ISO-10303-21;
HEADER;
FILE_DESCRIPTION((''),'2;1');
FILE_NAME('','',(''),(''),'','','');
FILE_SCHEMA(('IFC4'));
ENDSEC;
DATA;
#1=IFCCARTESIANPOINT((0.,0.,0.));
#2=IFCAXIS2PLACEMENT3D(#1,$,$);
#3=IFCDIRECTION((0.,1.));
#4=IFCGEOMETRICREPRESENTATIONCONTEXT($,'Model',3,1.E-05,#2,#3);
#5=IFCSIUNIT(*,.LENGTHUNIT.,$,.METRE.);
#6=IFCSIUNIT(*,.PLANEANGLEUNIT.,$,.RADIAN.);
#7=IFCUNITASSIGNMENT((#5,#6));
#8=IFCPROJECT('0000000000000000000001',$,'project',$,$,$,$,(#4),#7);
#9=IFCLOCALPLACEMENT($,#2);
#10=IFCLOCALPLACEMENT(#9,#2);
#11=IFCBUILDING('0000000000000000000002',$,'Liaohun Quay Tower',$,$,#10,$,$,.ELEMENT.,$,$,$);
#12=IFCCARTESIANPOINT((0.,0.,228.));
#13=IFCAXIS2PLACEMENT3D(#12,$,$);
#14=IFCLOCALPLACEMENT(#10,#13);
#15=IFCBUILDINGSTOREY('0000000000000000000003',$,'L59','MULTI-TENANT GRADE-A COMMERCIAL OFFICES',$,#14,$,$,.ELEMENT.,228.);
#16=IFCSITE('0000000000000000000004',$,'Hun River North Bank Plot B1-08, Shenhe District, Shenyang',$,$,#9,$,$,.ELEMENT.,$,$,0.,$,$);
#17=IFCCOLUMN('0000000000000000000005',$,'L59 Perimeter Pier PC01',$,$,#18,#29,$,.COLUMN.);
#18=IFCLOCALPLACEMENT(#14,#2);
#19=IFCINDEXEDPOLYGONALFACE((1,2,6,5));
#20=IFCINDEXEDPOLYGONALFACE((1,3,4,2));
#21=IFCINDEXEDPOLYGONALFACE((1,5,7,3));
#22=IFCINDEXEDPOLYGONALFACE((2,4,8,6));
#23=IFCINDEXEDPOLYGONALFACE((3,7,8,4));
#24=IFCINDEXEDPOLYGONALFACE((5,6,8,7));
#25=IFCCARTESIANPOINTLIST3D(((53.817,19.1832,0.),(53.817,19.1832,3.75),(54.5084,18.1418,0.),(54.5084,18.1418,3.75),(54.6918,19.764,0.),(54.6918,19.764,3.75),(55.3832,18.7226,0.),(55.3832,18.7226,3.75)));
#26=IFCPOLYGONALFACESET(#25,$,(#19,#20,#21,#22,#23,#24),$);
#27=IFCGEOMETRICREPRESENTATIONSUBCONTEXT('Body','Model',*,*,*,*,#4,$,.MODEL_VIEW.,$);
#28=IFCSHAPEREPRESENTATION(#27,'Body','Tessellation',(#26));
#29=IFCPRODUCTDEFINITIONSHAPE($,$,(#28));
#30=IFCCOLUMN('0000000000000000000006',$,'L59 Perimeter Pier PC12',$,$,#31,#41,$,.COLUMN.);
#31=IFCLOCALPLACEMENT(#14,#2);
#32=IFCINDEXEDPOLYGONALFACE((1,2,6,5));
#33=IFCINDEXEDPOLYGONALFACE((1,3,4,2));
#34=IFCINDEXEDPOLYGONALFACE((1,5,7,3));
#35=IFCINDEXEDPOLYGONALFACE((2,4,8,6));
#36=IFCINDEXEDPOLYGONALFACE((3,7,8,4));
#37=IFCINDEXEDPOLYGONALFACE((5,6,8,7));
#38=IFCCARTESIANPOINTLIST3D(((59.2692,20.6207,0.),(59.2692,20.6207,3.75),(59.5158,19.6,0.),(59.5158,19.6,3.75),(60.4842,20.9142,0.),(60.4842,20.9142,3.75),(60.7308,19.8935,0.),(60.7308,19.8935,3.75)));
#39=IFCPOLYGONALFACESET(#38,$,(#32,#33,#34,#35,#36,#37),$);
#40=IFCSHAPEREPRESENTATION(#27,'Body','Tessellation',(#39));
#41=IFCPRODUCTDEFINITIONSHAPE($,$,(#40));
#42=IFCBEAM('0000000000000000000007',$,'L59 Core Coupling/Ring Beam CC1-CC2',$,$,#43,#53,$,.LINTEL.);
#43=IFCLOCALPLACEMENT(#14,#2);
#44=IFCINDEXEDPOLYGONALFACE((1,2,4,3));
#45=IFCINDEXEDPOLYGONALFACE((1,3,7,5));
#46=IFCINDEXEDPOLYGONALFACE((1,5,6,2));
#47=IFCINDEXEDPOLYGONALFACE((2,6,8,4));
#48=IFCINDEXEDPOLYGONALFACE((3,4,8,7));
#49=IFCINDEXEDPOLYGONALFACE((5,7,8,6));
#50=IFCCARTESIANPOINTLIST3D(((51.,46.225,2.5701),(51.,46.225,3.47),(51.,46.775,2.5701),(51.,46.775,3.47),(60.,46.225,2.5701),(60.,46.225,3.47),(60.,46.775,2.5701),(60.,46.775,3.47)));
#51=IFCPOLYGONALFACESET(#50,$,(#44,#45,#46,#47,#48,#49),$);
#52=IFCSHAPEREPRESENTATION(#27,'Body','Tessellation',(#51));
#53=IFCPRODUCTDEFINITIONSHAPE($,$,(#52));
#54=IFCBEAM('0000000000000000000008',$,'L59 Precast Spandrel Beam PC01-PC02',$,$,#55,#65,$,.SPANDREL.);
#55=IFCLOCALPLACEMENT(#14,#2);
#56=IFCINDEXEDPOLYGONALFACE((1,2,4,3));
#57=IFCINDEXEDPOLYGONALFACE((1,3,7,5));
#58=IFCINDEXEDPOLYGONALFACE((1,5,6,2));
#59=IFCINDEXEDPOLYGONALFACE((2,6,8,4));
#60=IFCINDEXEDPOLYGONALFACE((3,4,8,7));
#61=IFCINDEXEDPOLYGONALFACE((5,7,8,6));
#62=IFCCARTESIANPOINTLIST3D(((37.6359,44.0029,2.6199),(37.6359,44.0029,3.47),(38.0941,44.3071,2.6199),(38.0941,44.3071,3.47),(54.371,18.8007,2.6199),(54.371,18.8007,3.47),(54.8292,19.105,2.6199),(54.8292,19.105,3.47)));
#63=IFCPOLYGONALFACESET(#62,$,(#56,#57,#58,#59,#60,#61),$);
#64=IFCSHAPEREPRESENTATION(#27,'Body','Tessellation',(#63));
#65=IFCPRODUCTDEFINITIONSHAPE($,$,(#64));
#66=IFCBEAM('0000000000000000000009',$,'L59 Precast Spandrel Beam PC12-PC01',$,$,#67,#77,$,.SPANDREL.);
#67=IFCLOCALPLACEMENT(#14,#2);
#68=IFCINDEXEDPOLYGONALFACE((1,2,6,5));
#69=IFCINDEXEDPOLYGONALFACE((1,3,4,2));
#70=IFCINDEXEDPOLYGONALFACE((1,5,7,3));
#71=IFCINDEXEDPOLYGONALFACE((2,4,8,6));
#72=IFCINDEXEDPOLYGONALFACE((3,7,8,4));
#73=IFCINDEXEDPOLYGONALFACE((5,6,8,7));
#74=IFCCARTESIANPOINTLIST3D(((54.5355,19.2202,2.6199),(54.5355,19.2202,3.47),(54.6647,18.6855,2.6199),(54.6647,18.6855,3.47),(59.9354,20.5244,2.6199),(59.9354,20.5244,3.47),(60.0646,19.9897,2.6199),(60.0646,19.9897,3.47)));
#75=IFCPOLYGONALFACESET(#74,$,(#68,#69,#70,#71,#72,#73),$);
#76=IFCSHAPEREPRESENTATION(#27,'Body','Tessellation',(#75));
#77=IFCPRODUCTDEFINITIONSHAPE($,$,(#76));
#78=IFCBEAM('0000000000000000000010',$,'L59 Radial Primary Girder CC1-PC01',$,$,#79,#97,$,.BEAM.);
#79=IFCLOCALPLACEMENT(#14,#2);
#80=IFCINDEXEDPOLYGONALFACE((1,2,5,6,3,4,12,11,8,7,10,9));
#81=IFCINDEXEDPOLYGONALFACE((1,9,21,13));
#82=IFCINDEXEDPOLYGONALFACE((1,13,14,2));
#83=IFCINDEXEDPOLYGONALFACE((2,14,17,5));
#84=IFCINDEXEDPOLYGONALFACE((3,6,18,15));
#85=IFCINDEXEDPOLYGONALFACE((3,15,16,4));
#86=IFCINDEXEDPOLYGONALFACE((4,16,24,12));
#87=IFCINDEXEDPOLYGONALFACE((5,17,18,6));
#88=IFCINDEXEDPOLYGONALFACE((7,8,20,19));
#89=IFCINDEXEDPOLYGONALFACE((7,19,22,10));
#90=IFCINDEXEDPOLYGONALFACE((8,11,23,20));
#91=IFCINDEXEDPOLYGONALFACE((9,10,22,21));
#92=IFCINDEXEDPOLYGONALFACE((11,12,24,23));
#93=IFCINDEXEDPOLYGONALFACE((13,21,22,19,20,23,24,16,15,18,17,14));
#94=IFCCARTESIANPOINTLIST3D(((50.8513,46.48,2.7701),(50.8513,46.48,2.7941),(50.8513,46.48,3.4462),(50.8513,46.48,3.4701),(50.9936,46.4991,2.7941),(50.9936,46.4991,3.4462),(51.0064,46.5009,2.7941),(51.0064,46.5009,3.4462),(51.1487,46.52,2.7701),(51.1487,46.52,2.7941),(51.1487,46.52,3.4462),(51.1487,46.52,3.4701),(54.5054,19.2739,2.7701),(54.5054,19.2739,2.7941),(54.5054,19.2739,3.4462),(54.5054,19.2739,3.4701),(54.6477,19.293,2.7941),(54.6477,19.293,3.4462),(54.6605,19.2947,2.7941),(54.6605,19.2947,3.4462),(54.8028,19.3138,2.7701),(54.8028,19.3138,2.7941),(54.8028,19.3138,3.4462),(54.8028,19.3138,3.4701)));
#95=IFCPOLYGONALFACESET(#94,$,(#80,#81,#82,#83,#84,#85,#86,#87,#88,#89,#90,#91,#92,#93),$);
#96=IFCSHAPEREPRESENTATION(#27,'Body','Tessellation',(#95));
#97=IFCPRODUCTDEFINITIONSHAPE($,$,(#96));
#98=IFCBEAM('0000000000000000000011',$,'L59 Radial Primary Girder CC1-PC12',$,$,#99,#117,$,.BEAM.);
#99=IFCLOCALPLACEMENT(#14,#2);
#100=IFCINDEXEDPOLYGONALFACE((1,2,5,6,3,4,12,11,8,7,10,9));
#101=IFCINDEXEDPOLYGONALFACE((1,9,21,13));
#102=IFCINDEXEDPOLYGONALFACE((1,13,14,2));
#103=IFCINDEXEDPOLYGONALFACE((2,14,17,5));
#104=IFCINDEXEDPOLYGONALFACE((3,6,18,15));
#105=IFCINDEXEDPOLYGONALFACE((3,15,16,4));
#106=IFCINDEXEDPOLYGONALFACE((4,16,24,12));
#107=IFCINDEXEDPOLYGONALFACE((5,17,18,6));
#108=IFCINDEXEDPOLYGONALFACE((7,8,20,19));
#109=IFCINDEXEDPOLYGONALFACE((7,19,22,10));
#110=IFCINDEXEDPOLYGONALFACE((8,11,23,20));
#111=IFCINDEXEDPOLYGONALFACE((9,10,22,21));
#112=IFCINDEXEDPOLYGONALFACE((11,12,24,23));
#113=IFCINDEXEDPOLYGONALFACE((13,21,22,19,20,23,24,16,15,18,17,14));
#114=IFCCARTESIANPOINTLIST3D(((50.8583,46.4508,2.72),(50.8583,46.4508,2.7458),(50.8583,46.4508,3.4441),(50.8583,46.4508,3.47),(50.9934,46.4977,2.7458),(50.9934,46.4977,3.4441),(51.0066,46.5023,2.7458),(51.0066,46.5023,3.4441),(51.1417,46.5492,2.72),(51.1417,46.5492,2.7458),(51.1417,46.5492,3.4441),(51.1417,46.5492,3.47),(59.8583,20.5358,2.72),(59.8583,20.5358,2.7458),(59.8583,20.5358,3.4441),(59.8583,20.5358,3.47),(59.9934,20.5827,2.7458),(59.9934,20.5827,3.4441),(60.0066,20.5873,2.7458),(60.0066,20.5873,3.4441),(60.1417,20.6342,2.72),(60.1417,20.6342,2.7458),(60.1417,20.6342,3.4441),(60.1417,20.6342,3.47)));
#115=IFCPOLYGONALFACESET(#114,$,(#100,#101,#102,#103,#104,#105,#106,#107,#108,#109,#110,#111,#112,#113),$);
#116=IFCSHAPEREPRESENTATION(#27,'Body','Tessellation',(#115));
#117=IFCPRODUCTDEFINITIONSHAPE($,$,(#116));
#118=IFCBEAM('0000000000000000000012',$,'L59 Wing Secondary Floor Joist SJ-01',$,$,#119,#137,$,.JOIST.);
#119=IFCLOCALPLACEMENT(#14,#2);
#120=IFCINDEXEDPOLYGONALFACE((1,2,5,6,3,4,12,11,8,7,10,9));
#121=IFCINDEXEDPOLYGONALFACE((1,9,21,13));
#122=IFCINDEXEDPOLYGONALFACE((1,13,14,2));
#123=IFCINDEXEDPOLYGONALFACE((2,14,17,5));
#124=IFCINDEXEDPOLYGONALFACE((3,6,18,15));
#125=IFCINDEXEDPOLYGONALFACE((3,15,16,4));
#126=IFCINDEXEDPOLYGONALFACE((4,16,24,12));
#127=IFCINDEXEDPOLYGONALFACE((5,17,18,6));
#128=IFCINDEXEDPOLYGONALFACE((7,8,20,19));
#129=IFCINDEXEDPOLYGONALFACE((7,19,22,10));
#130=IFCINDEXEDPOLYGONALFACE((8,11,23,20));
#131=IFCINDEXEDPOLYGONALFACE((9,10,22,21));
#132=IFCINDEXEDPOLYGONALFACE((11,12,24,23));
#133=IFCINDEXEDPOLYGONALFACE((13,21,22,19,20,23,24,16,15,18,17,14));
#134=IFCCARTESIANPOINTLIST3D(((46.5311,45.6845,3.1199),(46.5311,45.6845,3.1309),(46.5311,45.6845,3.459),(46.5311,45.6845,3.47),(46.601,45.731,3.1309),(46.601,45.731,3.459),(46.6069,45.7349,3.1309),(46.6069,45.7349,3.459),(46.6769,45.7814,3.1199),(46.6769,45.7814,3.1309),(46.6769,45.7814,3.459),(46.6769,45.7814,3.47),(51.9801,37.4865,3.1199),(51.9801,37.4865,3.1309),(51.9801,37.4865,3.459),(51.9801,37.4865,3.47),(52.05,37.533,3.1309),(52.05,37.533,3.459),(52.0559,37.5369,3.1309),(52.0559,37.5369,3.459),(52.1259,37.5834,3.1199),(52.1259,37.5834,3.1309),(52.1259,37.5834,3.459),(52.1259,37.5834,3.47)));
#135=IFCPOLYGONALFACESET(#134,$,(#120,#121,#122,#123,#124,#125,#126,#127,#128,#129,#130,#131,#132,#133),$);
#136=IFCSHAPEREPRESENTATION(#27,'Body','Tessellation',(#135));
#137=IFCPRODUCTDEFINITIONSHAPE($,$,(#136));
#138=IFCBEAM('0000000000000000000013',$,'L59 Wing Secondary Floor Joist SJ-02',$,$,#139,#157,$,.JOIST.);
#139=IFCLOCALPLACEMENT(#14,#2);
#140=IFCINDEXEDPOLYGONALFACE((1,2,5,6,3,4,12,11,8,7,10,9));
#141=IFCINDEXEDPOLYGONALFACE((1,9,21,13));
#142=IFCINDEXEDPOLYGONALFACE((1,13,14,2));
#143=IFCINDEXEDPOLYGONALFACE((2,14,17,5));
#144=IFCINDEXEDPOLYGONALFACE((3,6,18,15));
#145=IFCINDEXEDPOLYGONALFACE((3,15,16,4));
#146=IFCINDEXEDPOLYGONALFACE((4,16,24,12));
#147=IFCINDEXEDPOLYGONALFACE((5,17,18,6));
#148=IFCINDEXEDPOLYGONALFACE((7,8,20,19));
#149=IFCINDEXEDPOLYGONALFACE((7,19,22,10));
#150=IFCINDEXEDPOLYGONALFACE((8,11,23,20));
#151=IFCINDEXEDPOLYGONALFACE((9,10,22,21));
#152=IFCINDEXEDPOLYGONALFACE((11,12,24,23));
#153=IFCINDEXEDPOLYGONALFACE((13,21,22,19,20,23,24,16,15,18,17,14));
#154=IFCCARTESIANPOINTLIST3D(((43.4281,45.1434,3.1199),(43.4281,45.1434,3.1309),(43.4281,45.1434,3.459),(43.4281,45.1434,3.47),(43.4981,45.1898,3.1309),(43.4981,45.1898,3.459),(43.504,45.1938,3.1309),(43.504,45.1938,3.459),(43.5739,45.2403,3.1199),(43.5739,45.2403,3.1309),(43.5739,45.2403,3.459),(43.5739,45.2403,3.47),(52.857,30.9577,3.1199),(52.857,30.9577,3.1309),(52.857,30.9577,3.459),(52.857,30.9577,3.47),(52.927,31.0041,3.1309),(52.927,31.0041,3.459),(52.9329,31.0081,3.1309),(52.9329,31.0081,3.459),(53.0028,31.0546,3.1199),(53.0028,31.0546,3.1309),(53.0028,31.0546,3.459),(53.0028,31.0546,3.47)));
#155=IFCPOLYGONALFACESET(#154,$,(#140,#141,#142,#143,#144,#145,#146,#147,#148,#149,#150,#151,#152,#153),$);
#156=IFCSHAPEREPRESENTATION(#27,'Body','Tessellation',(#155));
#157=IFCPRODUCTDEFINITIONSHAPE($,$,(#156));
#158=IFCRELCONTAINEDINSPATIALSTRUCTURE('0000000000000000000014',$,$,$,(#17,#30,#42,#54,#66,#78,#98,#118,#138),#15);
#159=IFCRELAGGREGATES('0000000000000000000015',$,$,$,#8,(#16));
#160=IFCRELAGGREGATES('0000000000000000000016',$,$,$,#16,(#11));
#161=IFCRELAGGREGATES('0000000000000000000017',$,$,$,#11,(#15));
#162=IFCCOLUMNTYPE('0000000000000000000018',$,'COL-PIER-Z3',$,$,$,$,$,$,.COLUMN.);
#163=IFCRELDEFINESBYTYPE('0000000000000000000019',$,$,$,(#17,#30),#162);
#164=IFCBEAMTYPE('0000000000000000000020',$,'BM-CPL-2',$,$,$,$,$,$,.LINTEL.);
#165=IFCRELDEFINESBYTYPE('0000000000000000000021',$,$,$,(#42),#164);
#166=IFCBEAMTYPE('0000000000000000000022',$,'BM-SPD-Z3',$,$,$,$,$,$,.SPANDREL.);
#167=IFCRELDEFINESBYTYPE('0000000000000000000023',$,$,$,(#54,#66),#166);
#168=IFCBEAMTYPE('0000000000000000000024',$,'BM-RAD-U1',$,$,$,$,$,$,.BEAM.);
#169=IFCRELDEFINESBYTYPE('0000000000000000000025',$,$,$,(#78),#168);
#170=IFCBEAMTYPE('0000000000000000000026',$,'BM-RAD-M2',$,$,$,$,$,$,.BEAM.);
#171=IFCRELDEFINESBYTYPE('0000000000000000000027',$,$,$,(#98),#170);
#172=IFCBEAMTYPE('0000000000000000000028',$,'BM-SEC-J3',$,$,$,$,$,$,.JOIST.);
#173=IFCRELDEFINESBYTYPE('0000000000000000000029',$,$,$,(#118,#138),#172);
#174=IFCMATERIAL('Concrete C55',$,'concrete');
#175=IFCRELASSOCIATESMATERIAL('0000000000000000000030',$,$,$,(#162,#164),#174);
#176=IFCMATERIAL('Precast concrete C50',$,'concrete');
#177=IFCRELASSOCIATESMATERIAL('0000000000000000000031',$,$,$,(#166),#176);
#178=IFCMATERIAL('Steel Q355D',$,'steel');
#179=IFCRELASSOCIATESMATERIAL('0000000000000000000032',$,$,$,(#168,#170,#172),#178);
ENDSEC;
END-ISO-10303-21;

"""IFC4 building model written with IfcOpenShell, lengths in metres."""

from ifc_helpers import new_model, si_unit, direction, frame, origin, origin_2d, place, context, subcontext, project, spatial, rectangle, i_section, extrude, source, transform, mapped, material, material_profile, profile_set, type_object, element, save


model = new_model("IFC4")

# Units and contexts
model_context = context("Model", 3, precision=1e-05, world=origin(), true_north=direction((0.0, 1.0)))
body_context = subcontext(model_context, "Body", "Model", "MODEL_VIEW")
ifc_project = project(units=[si_unit("LENGTHUNIT", "METRE"), si_unit("PLANEANGLEUNIT", "RADIAN")], contexts=[model_context])

# Site, building, storey
site_placement = place(None, origin())
site = spatial("IfcSite", under=ifc_project, at=site_placement, Name="Hun River North Bank Plot B1-08, Shenhe District, Shenyang", CompositionType="ELEMENT", RefElevation=0.0)
building_placement = place(site_placement, origin())
building = spatial("IfcBuilding", under=site, at=building_placement, Name="Liaohun Quay Tower", CompositionType="ELEMENT")
storey_placement = place(building_placement, frame((0.0, 0.0, 228.0)))
storey = spatial("IfcBuildingStorey", under=building, at=storey_placement, Name="L59", Description="MULTI-TENANT GRADE-A COMMERCIAL OFFICES", CompositionType="ELEMENT", Elevation=228.0)

# Columns
ifc_material_1 = material(Name="Concrete C55", Category="concrete")
ifc_material_profile_1 = material_profile(ifc_material_1, rectangle(XDim=1.25, YDim=1.05, at=origin_2d()), Name="RC1250x1050")
ifc_profile_set_1 = profile_set([ifc_material_profile_1], Name="Concrete C55")
column_type = type_object("IfcColumnType", Name="COL-PIER-Z3", PredefinedType="COLUMN", material=ifc_profile_set_1)
shared_shape_1 = source(origin(), body_context, "Body", "SweptSolid", [
    extrude(rectangle(XDim=1.25, YDim=1.05, at=origin_2d()), origin(), (0.0, 0.0, 1.0), 3.75),
])
for number, where, z_axis, x_axis, name in (
    (1, (54.6001, 18.9529, 0.0), (0.0, 0.0, 1.0), (-0.553101, 0.833114, 0.0), "L59 Perimeter Pier PC01"),
    (2, (60.0, 20.2571, 0.0), (0.0, 0.0, 1.0), (0.972043, 0.234803, 0.0), "L59 Perimeter Pier PC12"),
):
    element("IfcColumn", number, at=place(storey_placement, frame(where, z_axis=z_axis, x_axis=x_axis)), inside=storey, type_object=column_type, Name=name, PredefinedType="COLUMN", context=body_context, shape_type="MappedRepresentation", body=[
        mapped(shared_shape_1, transform((0.0, 0.0, 0.0), x_axis=(1.0, 0.0, 0.0), y_axis=(0.0, 1.0, 0.0), z_axis=(0.0, 0.0, 1.0), scale=1.0)),
    ])

# Beams
ifc_material_profile_2 = material_profile(ifc_material_1, rectangle(XDim=0.55, YDim=0.8999, at=origin_2d()), Name="RC550x900")
ifc_profile_set_2 = profile_set([ifc_material_profile_2], Name="Concrete C55")
beam_type_1 = type_object("IfcBeamType", Name="BM-CPL-2", PredefinedType="LINTEL", material=ifc_profile_set_2)
shared_shape_2 = source(origin(), body_context, "Body", "SweptSolid", [
    extrude(rectangle(XDim=0.55, YDim=0.8999, at=origin_2d()), origin(), (0.0, 0.0, 1.0), 9.0),
])
beam_1_placement = place(storey_placement, frame((51.0, 46.5, 3.02), z_axis=(1.0, 0.0, 0.0), x_axis=(0.0, 1.0, 0.0)))
element("IfcBeam", 3, at=beam_1_placement, inside=storey, type_object=beam_type_1, Name="L59 Core Coupling/Ring Beam CC1-CC2", PredefinedType="LINTEL", context=body_context, shape_type="MappedRepresentation", body=[
    mapped(shared_shape_2, transform((0.0, 0.0, 0.0), x_axis=(1.0, 0.0, 0.0), y_axis=(0.0, 1.0, 0.0), z_axis=(0.0, 0.0, 1.0), scale=1.0)),
])
ifc_material_2 = material(Name="Precast concrete C50", Category="concrete")
ifc_material_profile_3 = material_profile(ifc_material_2, rectangle(XDim=0.55, YDim=0.8501, at=origin_2d()), Name="RC550x850")
ifc_profile_set_3 = profile_set([ifc_material_profile_3], Name="Precast concrete C50")
beam_type_2 = type_object("IfcBeamType", Name="BM-SPD-Z3", PredefinedType="SPANDREL", material=ifc_profile_set_3)
shared_shape_3 = source(origin(), body_context, "Body", "SweptSolid", [
    extrude(rectangle(XDim=0.55, YDim=0.8501, at=origin_2d()), origin(), (0.0, 0.0, 1.0), 30.2524),
])
beam_2_placement = place(storey_placement, frame((54.6001, 18.9529, 3.0449), z_axis=(-0.553181, 0.833061, 0.0), x_axis=(-0.833061, -0.553181, 0.0)))
element("IfcBeam", 4, at=beam_2_placement, inside=storey, type_object=beam_type_2, Name="L59 Precast Spandrel Beam PC01-PC02", PredefinedType="SPANDREL", context=body_context, shape_type="MappedRepresentation", body=[
    mapped(shared_shape_3, transform((0.0, 0.0, 0.0), x_axis=(1.0, 0.0, 0.0), y_axis=(0.0, 1.0, 0.0), z_axis=(0.0, 0.0, 1.0), scale=1.0)),
])
shared_shape_4 = source(origin(), body_context, "Body", "SweptSolid", [
    extrude(rectangle(XDim=0.55, YDim=0.8501, at=origin_2d()), origin(), (0.0, 0.0, 1.0), 5.5552),
])
beam_3_placement = place(storey_placement, frame((60.0, 20.2571, 3.0449), z_axis=(-0.97205, -0.234772, 0.0), x_axis=(0.234772, -0.97205, 0.0)))
element("IfcBeam", 5, at=beam_3_placement, inside=storey, type_object=beam_type_2, Name="L59 Precast Spandrel Beam PC12-PC01", PredefinedType="SPANDREL", context=body_context, shape_type="MappedRepresentation", body=[
    mapped(shared_shape_4, transform((0.0, 0.0, 0.0), x_axis=(1.0, 0.0, 0.0), y_axis=(0.0, 1.0, 0.0), z_axis=(0.0, 0.0, 1.0), scale=1.0)),
])
ifc_material_3 = material(Name="Steel Q355D", Category="steel")
ifc_material_profile_4 = material_profile(ifc_material_3, i_section(OverallWidth=0.3, OverallDepth=0.7, WebThickness=0.0129, FlangeThickness=0.0239, at=origin_2d()), Name="HN700x300x13x24")
ifc_profile_set_4 = profile_set([ifc_material_profile_4], Name="Steel Q355D")
beam_type_3 = type_object("IfcBeamType", Name="BM-RAD-U1", PredefinedType="BEAM", material=ifc_profile_set_4)
shared_shape_5 = source(origin(), body_context, "Body", "SweptSolid", [
    extrude(i_section(OverallWidth=0.3, OverallDepth=0.7, WebThickness=0.0129, FlangeThickness=0.0239, at=origin_2d()), origin(), (0.0, 0.0, 1.0), 27.4504),
])
beam_4_placement = place(storey_placement, frame((51.0, 46.5, 3.1201), z_axis=(0.133115, -0.991101, 0.0), x_axis=(0.991101, 0.133115, 0.0)))
element("IfcBeam", 6, at=beam_4_placement, inside=storey, type_object=beam_type_3, Name="L59 Radial Primary Girder CC1-PC01", PredefinedType="BEAM", context=body_context, shape_type="MappedRepresentation", body=[
    mapped(shared_shape_5, transform((0.0, 0.0, 0.0), x_axis=(1.0, 0.0, 0.0), y_axis=(0.0, 1.0, 0.0), z_axis=(0.0, 0.0, 1.0), scale=1.0)),
])
ifc_material_profile_5 = material_profile(ifc_material_3, i_section(OverallWidth=0.3, OverallDepth=0.75, WebThickness=0.0139, FlangeThickness=0.0259, at=origin_2d()), Name="HN750x300x14x26")
ifc_profile_set_5 = profile_set([ifc_material_profile_5], Name="Steel Q355D")
beam_type_4 = type_object("IfcBeamType", Name="BM-RAD-M2", PredefinedType="BEAM", material=ifc_profile_set_5)
shared_shape_6 = source(origin(), body_context, "Body", "SweptSolid", [
    extrude(i_section(OverallWidth=0.3, OverallDepth=0.75, WebThickness=0.0139, FlangeThickness=0.0259, at=origin_2d()), origin(), (0.0, 0.0, 1.0), 27.4333),
])
beam_5_placement = place(storey_placement, frame((51.0, 46.5, 3.095), z_axis=(0.328068, -0.944654, 0.0), x_axis=(0.944654, 0.328068, 0.0)))
element("IfcBeam", 7, at=beam_5_placement, inside=storey, type_object=beam_type_4, Name="L59 Radial Primary Girder CC1-PC12", PredefinedType="BEAM", context=body_context, shape_type="MappedRepresentation", body=[
    mapped(shared_shape_6, transform((0.0, 0.0, 0.0), x_axis=(1.0, 0.0, 0.0), y_axis=(0.0, 1.0, 0.0), z_axis=(0.0, 0.0, 1.0), scale=1.0)),
])
ifc_material_profile_6 = material_profile(ifc_material_3, i_section(OverallWidth=0.175, OverallDepth=0.3501, WebThickness=0.0071, FlangeThickness=0.011, at=origin_2d()), Name="HN350x175x7x11")
ifc_profile_set_6 = profile_set([ifc_material_profile_6], Name="Steel Q355D")
beam_type_5 = type_object("IfcBeamType", Name="BM-SEC-J3", PredefinedType="JOIST", material=ifc_profile_set_6)
shared_shape_7 = source(origin(), body_context, "Body", "SweptSolid", [
    extrude(i_section(OverallWidth=0.175, OverallDepth=0.3501, WebThickness=0.0071, FlangeThickness=0.011, at=origin_2d()), origin(), (0.0, 0.0, 1.0), 9.8438),
])
beam_6_placement = place(storey_placement, frame((52.053, 37.5349, 3.2949), z_axis=(-0.553549, 0.832816, 0.0), x_axis=(-0.832816, -0.553549, 0.0)))
element("IfcBeam", 8, at=beam_6_placement, inside=storey, type_object=beam_type_5, Name="L59 Wing Secondary Floor Joist SJ-01", PredefinedType="JOIST", context=body_context, shape_type="MappedRepresentation", body=[
    mapped(shared_shape_7, transform((0.0, 0.0, 0.0), x_axis=(1.0, 0.0, 0.0), y_axis=(0.0, 1.0, 0.0), z_axis=(0.0, 0.0, 1.0), scale=1.0)),
])
shared_shape_8 = source(origin(), body_context, "Body", "SweptSolid", [
    extrude(i_section(OverallWidth=0.175, OverallDepth=0.3501, WebThickness=0.0071, FlangeThickness=0.011, at=origin_2d()), origin(), (0.0, 0.0, 1.0), 17.0334),
])
beam_7_placement = place(storey_placement, frame((52.9299, 31.0061, 3.2949), z_axis=(-0.553552, 0.832815, 0.0), x_axis=(-0.832815, -0.553552, 0.0)))
element("IfcBeam", 9, at=beam_7_placement, inside=storey, type_object=beam_type_5, Name="L59 Wing Secondary Floor Joist SJ-02", PredefinedType="JOIST", context=body_context, shape_type="MappedRepresentation", body=[
    mapped(shared_shape_8, transform((0.0, 0.0, 0.0), x_axis=(1.0, 0.0, 0.0), y_axis=(0.0, 1.0, 0.0), z_axis=(0.0, 0.0, 1.0), scale=1.0)),
])

save(model, "model.ifc")
